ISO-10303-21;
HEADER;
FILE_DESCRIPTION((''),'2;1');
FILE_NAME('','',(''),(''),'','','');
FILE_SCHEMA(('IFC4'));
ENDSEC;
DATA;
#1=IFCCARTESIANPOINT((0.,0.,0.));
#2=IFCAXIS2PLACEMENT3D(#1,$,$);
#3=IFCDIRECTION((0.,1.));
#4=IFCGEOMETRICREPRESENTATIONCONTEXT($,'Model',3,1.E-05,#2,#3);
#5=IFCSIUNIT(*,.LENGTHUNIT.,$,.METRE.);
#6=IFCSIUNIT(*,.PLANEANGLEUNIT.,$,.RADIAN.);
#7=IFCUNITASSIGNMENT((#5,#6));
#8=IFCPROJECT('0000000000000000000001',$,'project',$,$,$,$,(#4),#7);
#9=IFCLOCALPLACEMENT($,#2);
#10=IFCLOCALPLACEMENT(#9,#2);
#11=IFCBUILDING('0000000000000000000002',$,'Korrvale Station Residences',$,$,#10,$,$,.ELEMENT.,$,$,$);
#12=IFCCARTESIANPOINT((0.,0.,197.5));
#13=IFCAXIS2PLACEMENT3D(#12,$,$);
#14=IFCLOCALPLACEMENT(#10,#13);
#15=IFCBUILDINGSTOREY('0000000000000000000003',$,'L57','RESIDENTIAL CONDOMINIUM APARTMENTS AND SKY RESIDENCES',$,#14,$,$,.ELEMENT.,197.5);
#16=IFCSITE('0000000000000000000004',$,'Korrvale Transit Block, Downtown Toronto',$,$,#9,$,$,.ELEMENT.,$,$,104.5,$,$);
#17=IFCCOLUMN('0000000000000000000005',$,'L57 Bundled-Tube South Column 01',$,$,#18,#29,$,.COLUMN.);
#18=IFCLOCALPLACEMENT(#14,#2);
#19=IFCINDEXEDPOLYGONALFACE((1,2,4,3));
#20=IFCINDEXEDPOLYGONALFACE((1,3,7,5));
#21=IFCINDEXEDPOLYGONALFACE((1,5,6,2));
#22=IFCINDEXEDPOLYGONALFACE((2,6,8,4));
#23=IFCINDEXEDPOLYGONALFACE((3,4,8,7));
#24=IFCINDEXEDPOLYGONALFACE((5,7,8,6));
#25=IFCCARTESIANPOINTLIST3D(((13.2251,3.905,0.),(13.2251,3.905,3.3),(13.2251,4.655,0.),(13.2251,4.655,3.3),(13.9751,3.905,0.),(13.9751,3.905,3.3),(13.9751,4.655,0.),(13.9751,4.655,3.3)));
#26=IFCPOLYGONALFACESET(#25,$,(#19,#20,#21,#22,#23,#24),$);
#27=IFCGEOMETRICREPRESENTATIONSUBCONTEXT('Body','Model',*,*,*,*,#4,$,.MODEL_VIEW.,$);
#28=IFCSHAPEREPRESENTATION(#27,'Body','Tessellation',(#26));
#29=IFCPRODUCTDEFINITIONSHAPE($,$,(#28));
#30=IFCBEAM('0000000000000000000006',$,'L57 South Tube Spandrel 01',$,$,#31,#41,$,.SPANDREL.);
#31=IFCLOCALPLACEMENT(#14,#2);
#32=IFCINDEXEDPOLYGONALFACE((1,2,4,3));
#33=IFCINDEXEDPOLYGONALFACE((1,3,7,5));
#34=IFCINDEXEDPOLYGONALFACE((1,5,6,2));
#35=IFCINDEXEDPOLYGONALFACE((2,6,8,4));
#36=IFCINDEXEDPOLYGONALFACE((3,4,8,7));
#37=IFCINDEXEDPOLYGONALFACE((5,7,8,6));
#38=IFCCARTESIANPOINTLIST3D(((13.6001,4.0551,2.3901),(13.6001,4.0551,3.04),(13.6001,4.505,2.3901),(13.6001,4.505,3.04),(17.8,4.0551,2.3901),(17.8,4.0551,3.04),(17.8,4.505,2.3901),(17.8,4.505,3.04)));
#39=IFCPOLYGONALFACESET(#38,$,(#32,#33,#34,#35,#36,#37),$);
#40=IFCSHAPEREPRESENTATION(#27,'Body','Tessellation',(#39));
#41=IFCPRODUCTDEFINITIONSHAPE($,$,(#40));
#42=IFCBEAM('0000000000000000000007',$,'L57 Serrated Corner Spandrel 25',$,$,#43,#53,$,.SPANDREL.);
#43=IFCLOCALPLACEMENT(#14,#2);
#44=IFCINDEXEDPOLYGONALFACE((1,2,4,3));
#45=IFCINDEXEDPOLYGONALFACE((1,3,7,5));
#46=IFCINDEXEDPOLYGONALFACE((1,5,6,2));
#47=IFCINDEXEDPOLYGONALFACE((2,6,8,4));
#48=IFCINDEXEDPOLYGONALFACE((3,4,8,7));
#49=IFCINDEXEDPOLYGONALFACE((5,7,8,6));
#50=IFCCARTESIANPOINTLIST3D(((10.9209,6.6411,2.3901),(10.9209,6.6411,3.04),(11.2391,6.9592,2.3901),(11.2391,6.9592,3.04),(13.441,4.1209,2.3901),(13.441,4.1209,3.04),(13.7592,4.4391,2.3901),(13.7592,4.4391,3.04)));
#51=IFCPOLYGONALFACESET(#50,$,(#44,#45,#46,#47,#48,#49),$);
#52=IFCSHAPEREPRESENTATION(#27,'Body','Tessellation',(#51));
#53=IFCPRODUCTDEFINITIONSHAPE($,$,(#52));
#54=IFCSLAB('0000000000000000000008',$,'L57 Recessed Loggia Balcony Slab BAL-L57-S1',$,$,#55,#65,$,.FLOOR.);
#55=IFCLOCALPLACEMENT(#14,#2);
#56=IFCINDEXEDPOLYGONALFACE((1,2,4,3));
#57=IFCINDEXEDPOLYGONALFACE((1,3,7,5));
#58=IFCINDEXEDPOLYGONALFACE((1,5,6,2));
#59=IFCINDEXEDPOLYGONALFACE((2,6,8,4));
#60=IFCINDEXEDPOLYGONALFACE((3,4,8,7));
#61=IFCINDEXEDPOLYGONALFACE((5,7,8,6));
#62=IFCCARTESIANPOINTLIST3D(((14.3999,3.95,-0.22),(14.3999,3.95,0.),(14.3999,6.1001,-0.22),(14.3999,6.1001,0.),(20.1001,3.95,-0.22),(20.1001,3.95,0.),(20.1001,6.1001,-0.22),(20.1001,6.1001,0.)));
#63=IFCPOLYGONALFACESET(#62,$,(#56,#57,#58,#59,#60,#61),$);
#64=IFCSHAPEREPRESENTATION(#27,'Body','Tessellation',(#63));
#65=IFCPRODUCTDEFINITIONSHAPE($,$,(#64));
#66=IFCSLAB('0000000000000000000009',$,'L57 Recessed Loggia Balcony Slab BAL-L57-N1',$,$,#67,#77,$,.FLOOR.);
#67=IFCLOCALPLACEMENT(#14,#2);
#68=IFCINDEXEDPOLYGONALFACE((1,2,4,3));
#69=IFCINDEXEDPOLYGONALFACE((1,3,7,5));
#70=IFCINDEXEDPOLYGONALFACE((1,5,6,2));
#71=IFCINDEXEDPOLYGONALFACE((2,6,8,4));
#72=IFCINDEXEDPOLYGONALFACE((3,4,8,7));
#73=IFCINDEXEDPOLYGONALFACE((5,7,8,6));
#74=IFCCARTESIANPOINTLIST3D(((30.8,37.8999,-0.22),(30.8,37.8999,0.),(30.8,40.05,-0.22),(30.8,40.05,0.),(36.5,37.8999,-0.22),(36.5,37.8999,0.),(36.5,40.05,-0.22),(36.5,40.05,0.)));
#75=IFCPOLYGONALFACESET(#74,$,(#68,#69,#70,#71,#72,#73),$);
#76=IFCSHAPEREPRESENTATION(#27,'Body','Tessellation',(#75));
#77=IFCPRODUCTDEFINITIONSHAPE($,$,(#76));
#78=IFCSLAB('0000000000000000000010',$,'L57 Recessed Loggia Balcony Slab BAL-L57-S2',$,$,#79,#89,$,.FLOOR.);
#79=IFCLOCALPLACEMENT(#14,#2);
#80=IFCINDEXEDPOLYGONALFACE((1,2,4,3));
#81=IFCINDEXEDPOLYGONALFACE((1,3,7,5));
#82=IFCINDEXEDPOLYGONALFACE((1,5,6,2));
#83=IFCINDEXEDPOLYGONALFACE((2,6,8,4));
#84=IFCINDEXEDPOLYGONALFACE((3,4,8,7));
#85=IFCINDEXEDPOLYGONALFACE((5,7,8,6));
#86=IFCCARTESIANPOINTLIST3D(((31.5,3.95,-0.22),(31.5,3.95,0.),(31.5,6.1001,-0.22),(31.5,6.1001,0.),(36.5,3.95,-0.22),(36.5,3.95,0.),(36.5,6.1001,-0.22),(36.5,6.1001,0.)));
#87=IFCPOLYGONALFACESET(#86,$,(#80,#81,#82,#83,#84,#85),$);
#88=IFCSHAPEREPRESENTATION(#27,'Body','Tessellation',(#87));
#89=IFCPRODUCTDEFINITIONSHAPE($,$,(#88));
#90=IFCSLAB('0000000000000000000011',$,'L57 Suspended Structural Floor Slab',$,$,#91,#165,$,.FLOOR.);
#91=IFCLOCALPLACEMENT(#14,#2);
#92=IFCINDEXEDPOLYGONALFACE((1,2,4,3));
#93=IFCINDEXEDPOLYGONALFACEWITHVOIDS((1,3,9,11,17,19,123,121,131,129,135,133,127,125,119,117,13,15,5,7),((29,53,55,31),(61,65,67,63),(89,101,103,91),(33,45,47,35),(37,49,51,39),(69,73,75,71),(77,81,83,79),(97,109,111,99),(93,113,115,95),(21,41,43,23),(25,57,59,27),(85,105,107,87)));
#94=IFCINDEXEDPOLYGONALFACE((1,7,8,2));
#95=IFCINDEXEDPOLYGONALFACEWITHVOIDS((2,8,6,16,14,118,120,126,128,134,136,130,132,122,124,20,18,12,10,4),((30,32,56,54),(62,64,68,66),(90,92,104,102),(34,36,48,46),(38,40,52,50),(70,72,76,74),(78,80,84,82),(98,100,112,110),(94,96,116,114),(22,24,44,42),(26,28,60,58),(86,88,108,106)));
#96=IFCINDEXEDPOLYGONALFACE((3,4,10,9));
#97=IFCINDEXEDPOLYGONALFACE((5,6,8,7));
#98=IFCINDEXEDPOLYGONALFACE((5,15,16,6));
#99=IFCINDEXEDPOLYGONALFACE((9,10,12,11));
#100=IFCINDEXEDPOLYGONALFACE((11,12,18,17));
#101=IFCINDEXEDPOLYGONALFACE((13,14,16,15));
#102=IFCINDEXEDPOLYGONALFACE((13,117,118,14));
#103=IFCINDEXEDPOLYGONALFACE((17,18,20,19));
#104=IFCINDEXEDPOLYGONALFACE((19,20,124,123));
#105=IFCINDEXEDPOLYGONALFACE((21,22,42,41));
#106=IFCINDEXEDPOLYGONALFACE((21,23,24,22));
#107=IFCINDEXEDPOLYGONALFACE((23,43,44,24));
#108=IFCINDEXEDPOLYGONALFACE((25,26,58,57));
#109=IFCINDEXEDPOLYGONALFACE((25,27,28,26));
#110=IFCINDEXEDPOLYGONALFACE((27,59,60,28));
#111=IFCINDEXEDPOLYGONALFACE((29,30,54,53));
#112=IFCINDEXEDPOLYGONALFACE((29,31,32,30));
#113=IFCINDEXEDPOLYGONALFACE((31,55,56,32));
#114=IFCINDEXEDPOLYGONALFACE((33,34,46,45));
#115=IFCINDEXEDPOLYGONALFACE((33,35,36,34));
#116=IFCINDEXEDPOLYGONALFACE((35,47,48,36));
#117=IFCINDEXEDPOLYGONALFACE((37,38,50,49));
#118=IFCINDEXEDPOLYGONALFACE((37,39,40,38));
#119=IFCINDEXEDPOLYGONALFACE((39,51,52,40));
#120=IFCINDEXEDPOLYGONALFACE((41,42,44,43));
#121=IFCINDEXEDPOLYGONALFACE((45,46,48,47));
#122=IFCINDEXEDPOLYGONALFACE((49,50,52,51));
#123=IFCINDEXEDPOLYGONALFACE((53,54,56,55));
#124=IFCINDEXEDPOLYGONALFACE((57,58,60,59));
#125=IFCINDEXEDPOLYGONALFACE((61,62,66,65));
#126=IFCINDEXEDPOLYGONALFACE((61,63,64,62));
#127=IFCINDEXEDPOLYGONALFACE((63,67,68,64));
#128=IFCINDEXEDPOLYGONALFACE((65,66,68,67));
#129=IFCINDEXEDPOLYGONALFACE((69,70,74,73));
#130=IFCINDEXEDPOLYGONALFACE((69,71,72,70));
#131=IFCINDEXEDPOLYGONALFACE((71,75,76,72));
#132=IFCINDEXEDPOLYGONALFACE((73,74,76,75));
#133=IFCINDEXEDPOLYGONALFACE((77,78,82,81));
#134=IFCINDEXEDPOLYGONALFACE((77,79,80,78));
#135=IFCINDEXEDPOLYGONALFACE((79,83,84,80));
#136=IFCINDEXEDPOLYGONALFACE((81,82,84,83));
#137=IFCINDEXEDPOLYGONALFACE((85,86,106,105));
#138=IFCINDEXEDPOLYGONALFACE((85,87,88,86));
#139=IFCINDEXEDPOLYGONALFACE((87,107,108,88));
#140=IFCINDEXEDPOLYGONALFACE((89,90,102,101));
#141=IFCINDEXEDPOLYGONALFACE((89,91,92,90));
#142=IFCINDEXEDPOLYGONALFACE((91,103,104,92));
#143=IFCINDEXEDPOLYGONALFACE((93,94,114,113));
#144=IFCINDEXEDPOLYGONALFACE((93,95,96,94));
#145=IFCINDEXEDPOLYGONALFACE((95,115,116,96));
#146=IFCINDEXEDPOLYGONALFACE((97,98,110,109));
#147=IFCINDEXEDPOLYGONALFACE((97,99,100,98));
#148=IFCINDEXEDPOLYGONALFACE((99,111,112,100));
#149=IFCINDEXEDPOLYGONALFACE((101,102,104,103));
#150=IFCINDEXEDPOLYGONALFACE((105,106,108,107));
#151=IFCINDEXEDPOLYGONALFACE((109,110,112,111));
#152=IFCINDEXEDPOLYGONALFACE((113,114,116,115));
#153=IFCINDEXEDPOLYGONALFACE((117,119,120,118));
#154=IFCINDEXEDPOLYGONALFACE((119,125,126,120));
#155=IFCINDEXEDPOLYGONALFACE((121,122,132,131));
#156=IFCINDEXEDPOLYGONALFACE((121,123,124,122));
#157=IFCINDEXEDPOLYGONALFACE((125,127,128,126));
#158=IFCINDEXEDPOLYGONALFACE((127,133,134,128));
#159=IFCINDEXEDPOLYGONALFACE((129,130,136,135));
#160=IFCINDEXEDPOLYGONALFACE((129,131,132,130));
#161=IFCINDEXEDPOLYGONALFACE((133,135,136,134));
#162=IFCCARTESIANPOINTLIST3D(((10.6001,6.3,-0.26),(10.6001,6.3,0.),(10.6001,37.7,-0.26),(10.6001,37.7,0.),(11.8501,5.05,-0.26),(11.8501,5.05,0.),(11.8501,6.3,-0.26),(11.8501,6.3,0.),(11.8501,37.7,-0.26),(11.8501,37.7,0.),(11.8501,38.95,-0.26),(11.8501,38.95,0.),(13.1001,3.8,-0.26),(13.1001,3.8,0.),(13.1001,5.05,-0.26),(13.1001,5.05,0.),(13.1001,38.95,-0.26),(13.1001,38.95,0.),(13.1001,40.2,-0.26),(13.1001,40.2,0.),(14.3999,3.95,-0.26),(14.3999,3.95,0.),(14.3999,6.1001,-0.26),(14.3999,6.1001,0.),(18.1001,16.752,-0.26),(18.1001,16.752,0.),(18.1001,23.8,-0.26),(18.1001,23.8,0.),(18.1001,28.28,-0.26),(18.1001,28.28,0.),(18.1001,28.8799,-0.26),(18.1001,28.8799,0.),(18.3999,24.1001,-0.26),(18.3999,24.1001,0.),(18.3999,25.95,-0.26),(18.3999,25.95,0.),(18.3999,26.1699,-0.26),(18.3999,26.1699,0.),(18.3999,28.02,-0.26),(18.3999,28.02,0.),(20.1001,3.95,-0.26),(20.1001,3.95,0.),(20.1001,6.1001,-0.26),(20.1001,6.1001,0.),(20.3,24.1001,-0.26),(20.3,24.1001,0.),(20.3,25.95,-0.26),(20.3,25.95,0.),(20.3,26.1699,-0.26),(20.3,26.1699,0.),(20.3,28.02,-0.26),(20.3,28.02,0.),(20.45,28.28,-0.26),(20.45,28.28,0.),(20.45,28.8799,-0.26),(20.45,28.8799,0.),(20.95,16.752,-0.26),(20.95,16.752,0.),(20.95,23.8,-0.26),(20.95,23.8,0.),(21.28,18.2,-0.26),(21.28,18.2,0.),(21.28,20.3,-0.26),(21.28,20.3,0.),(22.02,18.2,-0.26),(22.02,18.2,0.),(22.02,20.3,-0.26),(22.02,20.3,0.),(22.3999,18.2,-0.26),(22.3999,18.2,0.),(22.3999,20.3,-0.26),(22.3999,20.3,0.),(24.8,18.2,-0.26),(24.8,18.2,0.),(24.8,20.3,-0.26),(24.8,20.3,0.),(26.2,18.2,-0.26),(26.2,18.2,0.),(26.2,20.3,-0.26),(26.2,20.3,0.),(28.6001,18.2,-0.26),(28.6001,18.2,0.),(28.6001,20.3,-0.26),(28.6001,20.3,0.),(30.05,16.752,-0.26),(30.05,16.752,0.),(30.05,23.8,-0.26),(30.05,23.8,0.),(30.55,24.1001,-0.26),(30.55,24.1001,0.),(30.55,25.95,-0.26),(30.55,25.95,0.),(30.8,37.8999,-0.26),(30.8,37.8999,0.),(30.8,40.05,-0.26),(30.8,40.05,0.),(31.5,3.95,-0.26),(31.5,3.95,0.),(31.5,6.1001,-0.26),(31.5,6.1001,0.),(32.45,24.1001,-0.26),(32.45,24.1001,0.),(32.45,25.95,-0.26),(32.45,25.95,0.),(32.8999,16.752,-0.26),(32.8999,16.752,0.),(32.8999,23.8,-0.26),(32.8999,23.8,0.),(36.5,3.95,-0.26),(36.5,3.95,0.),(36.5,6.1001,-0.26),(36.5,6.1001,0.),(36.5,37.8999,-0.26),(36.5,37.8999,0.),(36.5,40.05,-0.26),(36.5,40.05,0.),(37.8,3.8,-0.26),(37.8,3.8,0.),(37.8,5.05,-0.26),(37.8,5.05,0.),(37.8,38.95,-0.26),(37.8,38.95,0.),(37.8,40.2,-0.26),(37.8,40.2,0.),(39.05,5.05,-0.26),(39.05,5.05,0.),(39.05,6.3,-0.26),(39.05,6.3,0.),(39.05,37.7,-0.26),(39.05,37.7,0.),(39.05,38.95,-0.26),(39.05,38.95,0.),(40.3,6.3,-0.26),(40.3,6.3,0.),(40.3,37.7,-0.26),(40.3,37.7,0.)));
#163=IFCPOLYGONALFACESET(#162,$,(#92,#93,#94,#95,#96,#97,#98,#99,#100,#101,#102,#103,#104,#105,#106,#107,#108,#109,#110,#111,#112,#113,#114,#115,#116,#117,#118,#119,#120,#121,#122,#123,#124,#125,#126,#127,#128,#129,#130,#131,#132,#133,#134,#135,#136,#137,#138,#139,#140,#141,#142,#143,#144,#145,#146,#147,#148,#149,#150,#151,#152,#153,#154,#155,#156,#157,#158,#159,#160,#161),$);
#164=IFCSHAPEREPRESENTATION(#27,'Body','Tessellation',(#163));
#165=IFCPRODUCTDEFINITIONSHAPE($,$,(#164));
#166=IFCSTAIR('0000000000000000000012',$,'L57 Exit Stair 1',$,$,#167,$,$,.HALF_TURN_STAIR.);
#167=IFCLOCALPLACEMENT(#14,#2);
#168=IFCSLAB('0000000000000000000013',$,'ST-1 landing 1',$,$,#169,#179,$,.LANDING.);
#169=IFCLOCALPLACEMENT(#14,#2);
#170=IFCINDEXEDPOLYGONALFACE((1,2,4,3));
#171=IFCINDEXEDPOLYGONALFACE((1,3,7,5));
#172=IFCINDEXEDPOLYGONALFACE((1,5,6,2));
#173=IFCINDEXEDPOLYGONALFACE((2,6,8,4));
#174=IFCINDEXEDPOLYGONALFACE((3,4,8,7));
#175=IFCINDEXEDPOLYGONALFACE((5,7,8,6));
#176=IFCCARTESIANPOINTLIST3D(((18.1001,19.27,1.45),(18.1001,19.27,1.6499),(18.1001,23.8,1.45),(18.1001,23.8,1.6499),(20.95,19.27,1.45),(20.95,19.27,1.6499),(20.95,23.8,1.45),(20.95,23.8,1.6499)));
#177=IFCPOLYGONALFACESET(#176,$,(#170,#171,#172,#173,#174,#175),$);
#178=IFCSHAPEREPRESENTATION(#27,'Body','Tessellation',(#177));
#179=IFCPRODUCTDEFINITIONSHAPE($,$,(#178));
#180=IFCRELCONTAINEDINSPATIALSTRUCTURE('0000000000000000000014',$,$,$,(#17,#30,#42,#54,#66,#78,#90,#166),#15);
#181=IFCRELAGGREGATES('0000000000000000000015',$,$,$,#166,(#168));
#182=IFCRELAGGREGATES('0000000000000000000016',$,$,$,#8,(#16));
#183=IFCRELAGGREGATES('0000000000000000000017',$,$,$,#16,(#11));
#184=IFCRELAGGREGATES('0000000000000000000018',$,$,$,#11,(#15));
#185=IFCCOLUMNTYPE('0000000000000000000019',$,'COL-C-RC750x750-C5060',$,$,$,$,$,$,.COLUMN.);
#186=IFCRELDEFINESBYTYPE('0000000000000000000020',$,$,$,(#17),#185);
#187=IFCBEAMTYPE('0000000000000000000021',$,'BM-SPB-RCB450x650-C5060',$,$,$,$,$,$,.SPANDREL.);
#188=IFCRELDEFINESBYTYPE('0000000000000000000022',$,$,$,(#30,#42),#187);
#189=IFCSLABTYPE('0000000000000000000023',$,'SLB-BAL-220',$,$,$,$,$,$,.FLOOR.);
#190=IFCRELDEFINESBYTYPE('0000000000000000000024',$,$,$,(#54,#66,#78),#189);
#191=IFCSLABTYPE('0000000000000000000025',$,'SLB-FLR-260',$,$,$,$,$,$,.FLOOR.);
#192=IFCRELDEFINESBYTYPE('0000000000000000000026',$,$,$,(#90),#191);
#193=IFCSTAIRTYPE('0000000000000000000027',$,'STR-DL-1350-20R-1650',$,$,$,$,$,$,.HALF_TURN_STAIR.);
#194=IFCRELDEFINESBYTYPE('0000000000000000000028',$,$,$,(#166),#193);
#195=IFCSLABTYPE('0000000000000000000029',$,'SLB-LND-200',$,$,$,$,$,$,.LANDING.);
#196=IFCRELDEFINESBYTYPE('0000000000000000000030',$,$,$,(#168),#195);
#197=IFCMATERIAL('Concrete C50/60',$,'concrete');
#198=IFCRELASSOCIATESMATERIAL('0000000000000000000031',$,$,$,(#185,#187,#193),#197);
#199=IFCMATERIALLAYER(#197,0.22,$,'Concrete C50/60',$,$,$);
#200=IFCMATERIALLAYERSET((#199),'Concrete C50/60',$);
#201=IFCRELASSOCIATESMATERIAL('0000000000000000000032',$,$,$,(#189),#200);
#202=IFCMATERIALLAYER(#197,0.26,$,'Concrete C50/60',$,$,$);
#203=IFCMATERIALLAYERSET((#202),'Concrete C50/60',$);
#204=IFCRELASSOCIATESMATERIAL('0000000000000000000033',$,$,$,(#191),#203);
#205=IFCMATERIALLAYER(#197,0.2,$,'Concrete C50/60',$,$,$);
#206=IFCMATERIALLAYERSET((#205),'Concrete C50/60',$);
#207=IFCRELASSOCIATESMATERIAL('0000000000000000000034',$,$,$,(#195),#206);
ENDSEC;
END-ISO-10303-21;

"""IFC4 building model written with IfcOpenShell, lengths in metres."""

from ifc_helpers import new_model, si_unit, direction, frame, origin, origin_2d, place, context, subcontext, project, spatial, polyline, rectangle, outline, extrude, material, layer, layer_set, material_profile, profile_set, type_object, element, aggregate, save


model = new_model("IFC4")

# Units and contexts
model_context = context("Model", 3, precision=1e-05, world=origin(), true_north=direction((0.0, 1.0)))
body_context = subcontext(model_context, "Body", "Model", "MODEL_VIEW")
ifc_project = project(units=[si_unit("LENGTHUNIT", "METRE"), si_unit("PLANEANGLEUNIT", "RADIAN")], contexts=[model_context])

# Site, building, storey
site_placement = place(None, origin())
site = spatial("IfcSite", under=ifc_project, at=site_placement, Name="Korrvale Transit Block, Downtown Toronto", CompositionType="ELEMENT", RefElevation=104.5)
building_placement = place(site_placement, origin())
building = spatial("IfcBuilding", under=site, at=building_placement, Name="Korrvale Station Residences", CompositionType="ELEMENT")
storey_placement = place(building_placement, frame((0.0, 0.0, 197.5)))
storey = spatial("IfcBuildingStorey", under=building, at=storey_placement, Name="L57", Description="RESIDENTIAL CONDOMINIUM APARTMENTS AND SKY RESIDENCES", CompositionType="ELEMENT", Elevation=197.5)

# Column
ifc_material_1 = material(Name="Concrete C50/60", Category="concrete")
ifc_material_profile_1 = material_profile(ifc_material_1, rectangle(XDim=0.75, YDim=0.75, at=origin_2d()), Name="RC750x750")
ifc_profile_set_1 = profile_set([ifc_material_profile_1], Name="Concrete C50/60")
column_type = type_object("IfcColumnType", Name="COL-C-RC750x750-C5060", PredefinedType="COLUMN", material=ifc_profile_set_1)
column_placement = place(storey_placement, frame((13.6001, 4.28, 0.0), z_axis=(0.0, 0.0, 1.0), x_axis=(1.0, 0.0, 0.0)))
element("IfcColumn", 1, at=column_placement, inside=storey, type_object=column_type, Name="L57 Bundled-Tube South Column 01", PredefinedType="COLUMN", context=body_context, shape_type="SweptSolid", body=[
    extrude(rectangle(XDim=0.75, YDim=0.75, at=origin_2d()), origin(), (0.0, 0.0, 1.0), 3.3),
])

# Beams
ifc_material_profile_2 = material_profile(ifc_material_1, rectangle(XDim=0.45, YDim=0.6499, at=origin_2d()), Name="RCB450x650")
ifc_profile_set_2 = profile_set([ifc_material_profile_2], Name="Concrete C50/60")
beam_type = type_object("IfcBeamType", Name="BM-SPB-RCB450x650-C5060", PredefinedType="SPANDREL", material=ifc_profile_set_2)
beam_1_placement = place(storey_placement, frame((13.6001, 4.28, 2.7151), z_axis=(1.0, 0.0, 0.0), x_axis=(0.0, 1.0, 0.0)))
element("IfcBeam", 2, at=beam_1_placement, inside=storey, type_object=beam_type, Name="L57 South Tube Spandrel 01", PredefinedType="SPANDREL", context=body_context, shape_type="SweptSolid", body=[
    extrude(rectangle(XDim=0.45, YDim=0.6499, at=origin_2d()), origin(), (0.0, 0.0, 1.0), 4.2),
])
beam_2_placement = place(storey_placement, frame((13.6001, 4.28, 2.7151), z_axis=(-0.707107, 0.707107, 0.0), x_axis=(-0.707107, -0.707107, 0.0)))
element("IfcBeam", 3, at=beam_2_placement, inside=storey, type_object=beam_type, Name="L57 Serrated Corner Spandrel 25", PredefinedType="SPANDREL", context=body_context, shape_type="SweptSolid", body=[
    extrude(rectangle(XDim=0.45, YDim=0.6499, at=origin_2d()), origin(), (0.0, 0.0, 1.0), 3.564),
])

# Slabs
ifc_layer_1 = layer(ifc_material_1, 0.22, Name="Concrete C50/60")
ifc_layer_set_1 = layer_set([ifc_layer_1], Name="Concrete C50/60")
slab_type_1 = type_object("IfcSlabType", Name="SLB-BAL-220", PredefinedType="FLOOR", material=ifc_layer_set_1)
slab_1_placement = place(storey_placement, frame((0.0, 0.0, -0.22)))
element("IfcSlab", 4, at=slab_1_placement, inside=storey, type_object=slab_type_1, Name="L57 Recessed Loggia Balcony Slab BAL-L57-S1", PredefinedType="FLOOR", context=body_context, shape_type="SweptSolid", body=[
    extrude(outline(polyline([(14.3999, 3.95), (20.1001, 3.95), (20.1001, 6.1001), (14.3999, 6.1001), (14.3999, 3.95)])), origin(), (0.0, 0.0, 1.0), 0.22),
])
slab_2_placement = place(storey_placement, frame((0.0, 0.0, -0.22)))
element("IfcSlab", 5, at=slab_2_placement, inside=storey, type_object=slab_type_1, Name="L57 Recessed Loggia Balcony Slab BAL-L57-N1", PredefinedType="FLOOR", context=body_context, shape_type="SweptSolid", body=[
    extrude(outline(polyline([(30.8, 37.8999), (36.5, 37.8999), (36.5, 40.05), (30.8, 40.05), (30.8, 37.8999)])), origin(), (0.0, 0.0, 1.0), 0.22),
])
slab_3_placement = place(storey_placement, frame((0.0, 0.0, -0.22)))
element("IfcSlab", 6, at=slab_3_placement, inside=storey, type_object=slab_type_1, Name="L57 Recessed Loggia Balcony Slab BAL-L57-S2", PredefinedType="FLOOR", context=body_context, shape_type="SweptSolid", body=[
    extrude(outline(polyline([(31.5, 3.95), (36.5, 3.95), (36.5, 6.1001), (31.5, 6.1001), (31.5, 3.95)])), origin(), (0.0, 0.0, 1.0), 0.22),
])
ifc_layer_2 = layer(ifc_material_1, 0.26, Name="Concrete C50/60")
ifc_layer_set_2 = layer_set([ifc_layer_2], Name="Concrete C50/60")
slab_type_2 = type_object("IfcSlabType", Name="SLB-FLR-260", PredefinedType="FLOOR", material=ifc_layer_set_2)
slab_4_placement = place(storey_placement, frame((0.0, 0.0, -0.26)))
element("IfcSlab", 7, at=slab_4_placement, inside=storey, type_object=slab_type_2, Name="L57 Suspended Structural Floor Slab", PredefinedType="FLOOR", context=body_context, shape_type="SweptSolid", body=[
    extrude(outline(polyline([(13.1001, 3.8), (37.8, 3.8), (37.8, 5.05), (39.05, 5.05), (39.05, 6.3), (40.3, 6.3), (40.3, 37.7), (39.05, 37.7), (39.05, 38.95), (37.8, 38.95), (37.8, 40.2), (13.1001, 40.2), (13.1001, 38.95), (11.8501, 38.95), (11.8501, 37.7), (10.6001, 37.7), (10.6001, 6.3), (11.8501, 6.3), (11.8501, 5.05), (13.1001, 5.05), (13.1001, 3.8)]), holes=[polyline([(20.95, 16.752), (20.95, 23.8), (18.1001, 23.8), (18.1001, 16.752), (20.95, 16.752)]), polyline([(32.8999, 16.752), (32.8999, 23.8), (30.05, 23.8), (30.05, 16.752), (32.8999, 16.752)]), polyline([(18.3999, 24.1001), (20.3, 24.1001), (20.3, 25.95), (18.3999, 25.95), (18.3999, 24.1001)]), polyline([(18.3999, 26.1699), (20.3, 26.1699), (20.3, 28.02), (18.3999, 28.02), (18.3999, 26.1699)]), polyline([(30.55, 24.1001), (32.45, 24.1001), (32.45, 25.95), (30.55, 25.95), (30.55, 24.1001)]), polyline([(22.3999, 18.2), (24.8, 18.2), (24.8, 20.3), (22.3999, 20.3), (22.3999, 18.2)]), polyline([(26.2, 18.2), (28.6001, 18.2), (28.6001, 20.3), (26.2, 20.3), (26.2, 18.2)]), polyline([(18.1001, 28.28), (20.45, 28.28), (20.45, 28.8799), (18.1001, 28.8799), (18.1001, 28.28)]), polyline([(21.28, 18.2), (22.02, 18.2), (22.02, 20.3), (21.28, 20.3), (21.28, 18.2)]), polyline([(14.3999, 3.95), (20.1001, 3.95), (20.1001, 6.1001), (14.3999, 6.1001), (14.3999, 3.95)]), polyline([(30.8, 37.8999), (36.5, 37.8999), (36.5, 40.05), (30.8, 40.05), (30.8, 37.8999)]), polyline([(31.5, 3.95), (36.5, 3.95), (36.5, 6.1001), (31.5, 6.1001), (31.5, 3.95)])]), origin(), (0.0, 0.0, 1.0), 0.26),
])

# Stair, slab
stair_type = type_object("IfcStairType", Name="STR-DL-1350-20R-1650", PredefinedType="HALF_TURN_STAIR", material=ifc_material_1)
stair_1_placement = place(storey_placement, origin())
stair_1 = element("IfcStair", 8, at=stair_1_placement, inside=storey, type_object=stair_type, Name="L57 Exit Stair 1", PredefinedType="HALF_TURN_STAIR")
ifc_layer_3 = layer(ifc_material_1, 0.2, Name="Concrete C50/60")
ifc_layer_set_3 = layer_set([ifc_layer_3], Name="Concrete C50/60")
slab_type_3 = type_object("IfcSlabType", Name="SLB-LND-200", PredefinedType="LANDING", material=ifc_layer_set_3)
slab_5_placement = place(storey_placement, frame((0.0, 0.0, 1.45)))
slab_5 = element("IfcSlab", 9, at=slab_5_placement, type_object=slab_type_3, Name="ST-1 landing 1", PredefinedType="LANDING", context=body_context, shape_type="SweptSolid", body=[
    extrude(outline(polyline([(20.95, 19.27), (20.95, 23.8), (18.1001, 23.8), (18.1001, 19.27), (20.95, 19.27)])), origin(), (0.0, 0.0, 1.0), 0.2),
])
aggregate(stair_1, [slab_5])

save(model, "model.ifc")
